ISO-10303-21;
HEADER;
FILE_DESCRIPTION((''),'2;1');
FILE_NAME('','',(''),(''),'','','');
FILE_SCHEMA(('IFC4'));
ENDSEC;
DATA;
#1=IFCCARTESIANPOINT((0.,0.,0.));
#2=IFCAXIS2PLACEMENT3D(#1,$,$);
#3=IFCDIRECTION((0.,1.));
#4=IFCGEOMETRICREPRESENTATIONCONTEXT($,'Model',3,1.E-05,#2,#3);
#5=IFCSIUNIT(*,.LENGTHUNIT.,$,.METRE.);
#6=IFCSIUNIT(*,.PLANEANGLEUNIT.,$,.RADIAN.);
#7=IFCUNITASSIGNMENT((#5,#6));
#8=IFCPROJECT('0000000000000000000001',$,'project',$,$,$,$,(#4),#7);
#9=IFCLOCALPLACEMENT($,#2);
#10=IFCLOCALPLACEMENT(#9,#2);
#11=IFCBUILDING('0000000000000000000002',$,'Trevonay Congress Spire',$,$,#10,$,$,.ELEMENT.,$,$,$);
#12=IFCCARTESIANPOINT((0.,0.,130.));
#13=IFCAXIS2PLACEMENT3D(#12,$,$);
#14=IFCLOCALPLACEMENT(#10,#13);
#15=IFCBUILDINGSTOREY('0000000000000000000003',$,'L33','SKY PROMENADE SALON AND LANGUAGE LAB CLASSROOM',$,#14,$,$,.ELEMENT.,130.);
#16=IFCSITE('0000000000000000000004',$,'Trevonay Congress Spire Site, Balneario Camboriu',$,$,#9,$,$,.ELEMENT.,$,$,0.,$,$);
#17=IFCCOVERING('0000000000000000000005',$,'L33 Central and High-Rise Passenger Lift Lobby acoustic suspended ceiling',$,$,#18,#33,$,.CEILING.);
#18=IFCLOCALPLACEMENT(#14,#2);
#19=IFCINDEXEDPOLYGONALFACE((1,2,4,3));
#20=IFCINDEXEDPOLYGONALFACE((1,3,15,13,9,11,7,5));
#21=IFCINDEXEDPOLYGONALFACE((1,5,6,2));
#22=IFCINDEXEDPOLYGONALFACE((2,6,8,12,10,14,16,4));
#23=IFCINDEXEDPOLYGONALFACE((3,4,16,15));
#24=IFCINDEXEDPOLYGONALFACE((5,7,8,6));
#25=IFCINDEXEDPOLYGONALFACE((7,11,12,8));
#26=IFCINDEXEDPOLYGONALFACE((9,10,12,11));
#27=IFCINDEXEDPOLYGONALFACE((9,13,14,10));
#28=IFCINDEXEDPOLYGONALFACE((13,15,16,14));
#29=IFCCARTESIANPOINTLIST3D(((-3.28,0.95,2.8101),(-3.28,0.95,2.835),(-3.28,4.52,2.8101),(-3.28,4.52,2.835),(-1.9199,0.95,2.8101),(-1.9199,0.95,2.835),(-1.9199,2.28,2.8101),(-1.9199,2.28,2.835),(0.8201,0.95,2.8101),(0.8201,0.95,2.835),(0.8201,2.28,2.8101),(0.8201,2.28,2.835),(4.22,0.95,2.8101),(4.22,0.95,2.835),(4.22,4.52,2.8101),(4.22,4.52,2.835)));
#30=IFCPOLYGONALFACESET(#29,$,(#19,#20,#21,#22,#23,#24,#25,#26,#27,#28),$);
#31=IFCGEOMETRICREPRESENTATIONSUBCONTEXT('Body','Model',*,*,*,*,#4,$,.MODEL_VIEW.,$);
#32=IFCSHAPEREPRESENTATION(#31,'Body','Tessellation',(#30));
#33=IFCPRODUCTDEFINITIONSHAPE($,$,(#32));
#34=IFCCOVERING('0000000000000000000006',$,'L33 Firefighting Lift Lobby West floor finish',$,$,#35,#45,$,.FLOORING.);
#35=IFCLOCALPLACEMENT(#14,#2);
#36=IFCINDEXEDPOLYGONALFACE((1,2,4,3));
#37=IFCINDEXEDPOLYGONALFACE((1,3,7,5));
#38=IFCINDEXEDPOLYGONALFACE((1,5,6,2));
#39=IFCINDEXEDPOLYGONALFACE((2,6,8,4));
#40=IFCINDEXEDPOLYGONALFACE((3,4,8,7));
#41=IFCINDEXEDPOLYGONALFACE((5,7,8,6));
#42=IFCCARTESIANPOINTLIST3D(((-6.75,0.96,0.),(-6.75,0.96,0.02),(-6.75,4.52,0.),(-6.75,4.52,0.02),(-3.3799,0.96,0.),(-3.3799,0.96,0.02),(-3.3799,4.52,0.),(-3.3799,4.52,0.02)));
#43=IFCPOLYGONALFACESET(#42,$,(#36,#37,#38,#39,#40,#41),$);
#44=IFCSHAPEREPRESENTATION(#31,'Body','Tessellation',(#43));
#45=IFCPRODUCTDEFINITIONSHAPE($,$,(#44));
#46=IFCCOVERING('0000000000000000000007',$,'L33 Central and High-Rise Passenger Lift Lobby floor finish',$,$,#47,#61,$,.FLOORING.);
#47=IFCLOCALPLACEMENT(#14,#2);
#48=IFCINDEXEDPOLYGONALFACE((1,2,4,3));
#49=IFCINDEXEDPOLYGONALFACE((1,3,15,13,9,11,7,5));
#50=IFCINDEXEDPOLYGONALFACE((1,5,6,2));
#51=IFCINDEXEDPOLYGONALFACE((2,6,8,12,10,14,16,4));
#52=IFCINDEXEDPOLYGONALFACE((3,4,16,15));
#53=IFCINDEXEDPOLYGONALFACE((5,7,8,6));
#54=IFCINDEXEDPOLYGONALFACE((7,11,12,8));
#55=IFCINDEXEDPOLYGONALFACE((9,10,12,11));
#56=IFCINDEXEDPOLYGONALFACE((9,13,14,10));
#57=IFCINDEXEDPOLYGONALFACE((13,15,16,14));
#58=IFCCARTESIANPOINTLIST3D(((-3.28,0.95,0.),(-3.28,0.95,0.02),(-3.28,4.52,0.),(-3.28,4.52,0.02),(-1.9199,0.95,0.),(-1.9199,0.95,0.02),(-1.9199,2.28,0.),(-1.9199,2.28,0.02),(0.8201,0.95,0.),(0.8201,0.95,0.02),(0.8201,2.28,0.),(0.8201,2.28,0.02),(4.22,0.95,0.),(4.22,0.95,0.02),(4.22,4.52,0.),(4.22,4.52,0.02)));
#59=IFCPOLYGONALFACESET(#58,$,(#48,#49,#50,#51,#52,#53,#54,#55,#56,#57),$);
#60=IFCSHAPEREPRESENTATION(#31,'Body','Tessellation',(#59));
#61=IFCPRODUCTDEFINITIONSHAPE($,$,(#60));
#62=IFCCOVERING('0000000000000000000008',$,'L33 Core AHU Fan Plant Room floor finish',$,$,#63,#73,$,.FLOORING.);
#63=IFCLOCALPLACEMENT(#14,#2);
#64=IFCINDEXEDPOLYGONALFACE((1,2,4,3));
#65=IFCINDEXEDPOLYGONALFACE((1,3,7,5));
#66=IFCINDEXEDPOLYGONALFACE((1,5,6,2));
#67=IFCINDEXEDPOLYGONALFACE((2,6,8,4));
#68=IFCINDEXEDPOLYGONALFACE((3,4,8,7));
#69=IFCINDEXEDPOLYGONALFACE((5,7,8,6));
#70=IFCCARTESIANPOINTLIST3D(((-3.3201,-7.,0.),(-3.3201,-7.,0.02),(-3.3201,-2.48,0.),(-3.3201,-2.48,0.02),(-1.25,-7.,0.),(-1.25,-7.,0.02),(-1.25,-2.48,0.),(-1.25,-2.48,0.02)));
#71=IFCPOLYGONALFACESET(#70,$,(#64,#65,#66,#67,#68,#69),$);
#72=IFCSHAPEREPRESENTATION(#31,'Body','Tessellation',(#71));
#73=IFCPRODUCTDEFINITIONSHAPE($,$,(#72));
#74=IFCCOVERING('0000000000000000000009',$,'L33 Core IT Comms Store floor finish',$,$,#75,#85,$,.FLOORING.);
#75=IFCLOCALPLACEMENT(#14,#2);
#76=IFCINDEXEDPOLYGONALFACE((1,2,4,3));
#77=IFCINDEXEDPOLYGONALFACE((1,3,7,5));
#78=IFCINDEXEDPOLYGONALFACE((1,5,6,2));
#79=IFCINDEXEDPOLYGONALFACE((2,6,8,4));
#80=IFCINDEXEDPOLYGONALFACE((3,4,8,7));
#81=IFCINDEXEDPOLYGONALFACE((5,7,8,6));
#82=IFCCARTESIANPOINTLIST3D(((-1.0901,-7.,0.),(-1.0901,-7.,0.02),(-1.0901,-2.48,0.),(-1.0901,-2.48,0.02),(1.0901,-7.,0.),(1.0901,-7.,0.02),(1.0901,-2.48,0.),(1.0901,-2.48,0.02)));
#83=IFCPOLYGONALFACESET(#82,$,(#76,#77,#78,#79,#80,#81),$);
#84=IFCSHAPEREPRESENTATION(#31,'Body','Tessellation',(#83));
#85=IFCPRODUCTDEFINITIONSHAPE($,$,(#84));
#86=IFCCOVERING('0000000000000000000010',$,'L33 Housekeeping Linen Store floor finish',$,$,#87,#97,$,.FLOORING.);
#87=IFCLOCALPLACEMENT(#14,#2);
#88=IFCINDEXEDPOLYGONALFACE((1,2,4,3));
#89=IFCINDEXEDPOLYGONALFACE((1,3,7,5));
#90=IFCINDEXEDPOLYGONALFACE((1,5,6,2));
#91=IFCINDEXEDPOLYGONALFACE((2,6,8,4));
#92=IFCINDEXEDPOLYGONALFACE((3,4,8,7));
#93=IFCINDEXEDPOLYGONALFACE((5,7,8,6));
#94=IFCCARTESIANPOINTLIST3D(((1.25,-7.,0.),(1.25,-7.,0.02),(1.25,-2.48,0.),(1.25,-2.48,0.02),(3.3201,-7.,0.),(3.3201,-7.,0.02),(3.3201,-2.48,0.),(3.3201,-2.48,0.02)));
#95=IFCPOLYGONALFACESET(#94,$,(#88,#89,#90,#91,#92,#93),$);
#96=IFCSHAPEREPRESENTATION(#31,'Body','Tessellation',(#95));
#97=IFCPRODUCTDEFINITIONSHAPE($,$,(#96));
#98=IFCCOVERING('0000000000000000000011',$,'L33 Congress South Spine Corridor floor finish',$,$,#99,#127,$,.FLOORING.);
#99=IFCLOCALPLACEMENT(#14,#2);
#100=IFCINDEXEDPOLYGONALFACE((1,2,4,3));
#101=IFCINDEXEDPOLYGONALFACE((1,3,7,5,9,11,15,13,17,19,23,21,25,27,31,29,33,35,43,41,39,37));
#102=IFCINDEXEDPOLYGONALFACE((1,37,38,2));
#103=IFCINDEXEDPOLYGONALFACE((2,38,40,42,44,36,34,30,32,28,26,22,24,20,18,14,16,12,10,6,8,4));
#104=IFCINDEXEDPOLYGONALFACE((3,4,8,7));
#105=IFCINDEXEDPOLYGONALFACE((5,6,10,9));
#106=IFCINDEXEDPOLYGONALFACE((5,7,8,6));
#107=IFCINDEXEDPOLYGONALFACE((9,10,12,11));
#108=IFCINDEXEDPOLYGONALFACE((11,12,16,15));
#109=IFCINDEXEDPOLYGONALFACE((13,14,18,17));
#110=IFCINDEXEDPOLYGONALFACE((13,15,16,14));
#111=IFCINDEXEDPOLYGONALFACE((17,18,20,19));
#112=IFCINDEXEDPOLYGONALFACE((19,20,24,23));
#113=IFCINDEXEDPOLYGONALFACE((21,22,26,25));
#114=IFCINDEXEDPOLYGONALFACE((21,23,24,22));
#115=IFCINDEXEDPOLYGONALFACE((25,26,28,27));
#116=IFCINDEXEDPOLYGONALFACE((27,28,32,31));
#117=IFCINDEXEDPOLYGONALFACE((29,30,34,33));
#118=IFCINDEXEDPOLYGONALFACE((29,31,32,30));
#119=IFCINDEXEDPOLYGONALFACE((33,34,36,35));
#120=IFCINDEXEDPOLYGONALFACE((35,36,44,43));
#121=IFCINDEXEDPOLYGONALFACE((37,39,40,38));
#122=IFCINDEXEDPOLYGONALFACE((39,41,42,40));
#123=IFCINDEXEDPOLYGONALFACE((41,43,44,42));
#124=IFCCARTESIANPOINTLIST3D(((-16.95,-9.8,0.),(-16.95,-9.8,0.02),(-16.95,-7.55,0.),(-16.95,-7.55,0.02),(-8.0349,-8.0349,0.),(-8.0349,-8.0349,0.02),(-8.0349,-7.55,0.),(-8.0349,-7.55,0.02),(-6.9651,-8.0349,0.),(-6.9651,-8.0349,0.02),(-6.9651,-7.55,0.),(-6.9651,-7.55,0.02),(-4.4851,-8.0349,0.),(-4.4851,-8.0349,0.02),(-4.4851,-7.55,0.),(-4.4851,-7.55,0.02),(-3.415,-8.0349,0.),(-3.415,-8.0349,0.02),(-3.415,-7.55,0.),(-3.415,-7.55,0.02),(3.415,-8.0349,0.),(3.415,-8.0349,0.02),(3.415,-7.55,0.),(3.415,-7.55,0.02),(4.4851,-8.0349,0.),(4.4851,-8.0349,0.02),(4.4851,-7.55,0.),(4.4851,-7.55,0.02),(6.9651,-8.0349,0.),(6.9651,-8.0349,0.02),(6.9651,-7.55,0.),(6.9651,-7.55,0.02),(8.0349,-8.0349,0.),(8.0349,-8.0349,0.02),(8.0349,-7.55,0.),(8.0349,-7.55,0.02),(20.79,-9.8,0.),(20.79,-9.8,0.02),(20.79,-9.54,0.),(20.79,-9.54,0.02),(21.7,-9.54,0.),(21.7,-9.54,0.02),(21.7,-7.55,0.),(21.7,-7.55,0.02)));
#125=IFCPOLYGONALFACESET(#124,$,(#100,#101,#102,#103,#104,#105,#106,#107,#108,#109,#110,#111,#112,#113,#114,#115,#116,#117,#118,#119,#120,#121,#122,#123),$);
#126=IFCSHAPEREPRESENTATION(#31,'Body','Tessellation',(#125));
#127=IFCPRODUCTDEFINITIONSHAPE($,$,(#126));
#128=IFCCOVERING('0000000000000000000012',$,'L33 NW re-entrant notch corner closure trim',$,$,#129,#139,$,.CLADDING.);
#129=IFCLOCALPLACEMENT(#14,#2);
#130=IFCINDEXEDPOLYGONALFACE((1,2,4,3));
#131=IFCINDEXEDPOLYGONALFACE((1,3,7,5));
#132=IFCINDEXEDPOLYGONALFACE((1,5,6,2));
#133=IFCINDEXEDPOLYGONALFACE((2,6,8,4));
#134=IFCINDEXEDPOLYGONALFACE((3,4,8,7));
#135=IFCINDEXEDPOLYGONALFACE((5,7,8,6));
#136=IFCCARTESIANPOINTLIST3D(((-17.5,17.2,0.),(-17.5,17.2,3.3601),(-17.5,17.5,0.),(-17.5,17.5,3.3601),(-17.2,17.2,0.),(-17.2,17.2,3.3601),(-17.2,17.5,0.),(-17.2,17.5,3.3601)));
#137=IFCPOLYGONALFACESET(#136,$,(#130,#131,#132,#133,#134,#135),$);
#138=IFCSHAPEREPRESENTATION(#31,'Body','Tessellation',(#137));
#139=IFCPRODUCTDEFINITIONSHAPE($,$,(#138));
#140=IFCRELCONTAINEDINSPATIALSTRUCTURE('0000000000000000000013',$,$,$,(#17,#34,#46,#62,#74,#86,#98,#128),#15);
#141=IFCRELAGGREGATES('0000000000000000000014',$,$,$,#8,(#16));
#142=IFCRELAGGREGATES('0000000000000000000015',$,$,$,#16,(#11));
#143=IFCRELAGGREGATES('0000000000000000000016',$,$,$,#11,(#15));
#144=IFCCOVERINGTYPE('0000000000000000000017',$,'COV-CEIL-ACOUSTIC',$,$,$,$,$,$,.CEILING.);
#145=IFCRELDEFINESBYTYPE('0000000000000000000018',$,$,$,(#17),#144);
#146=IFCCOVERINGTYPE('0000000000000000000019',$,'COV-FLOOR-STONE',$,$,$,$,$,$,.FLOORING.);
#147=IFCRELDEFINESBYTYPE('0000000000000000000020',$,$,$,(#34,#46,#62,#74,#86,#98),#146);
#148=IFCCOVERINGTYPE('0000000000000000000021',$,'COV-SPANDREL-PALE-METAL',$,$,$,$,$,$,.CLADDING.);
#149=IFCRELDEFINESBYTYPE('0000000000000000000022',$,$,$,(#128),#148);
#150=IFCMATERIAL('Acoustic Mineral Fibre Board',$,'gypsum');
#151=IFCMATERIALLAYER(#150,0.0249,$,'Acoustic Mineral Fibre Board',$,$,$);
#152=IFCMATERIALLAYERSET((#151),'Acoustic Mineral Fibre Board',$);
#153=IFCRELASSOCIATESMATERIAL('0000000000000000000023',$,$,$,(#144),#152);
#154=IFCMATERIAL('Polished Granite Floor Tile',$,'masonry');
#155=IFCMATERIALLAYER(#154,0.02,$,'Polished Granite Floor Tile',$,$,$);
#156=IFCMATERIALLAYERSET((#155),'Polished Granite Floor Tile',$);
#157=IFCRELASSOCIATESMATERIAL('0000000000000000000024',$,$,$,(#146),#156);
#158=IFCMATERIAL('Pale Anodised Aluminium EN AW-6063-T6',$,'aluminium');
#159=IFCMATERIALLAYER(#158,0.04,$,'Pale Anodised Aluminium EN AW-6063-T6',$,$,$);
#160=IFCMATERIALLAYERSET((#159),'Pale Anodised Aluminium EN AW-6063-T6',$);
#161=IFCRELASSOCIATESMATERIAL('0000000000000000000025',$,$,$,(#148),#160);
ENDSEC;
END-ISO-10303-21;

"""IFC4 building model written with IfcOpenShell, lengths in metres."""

from ifc_helpers import new_model, si_unit, direction, frame, origin, place, context, subcontext, project, spatial, polyline, outline, extrude, material, layer, layer_set, type_object, element, save


model = new_model("IFC4")

# Units and contexts
model_context = context("Model", 3, precision=1e-05, world=origin(), true_north=direction((0.0, 1.0)))
body_context = subcontext(model_context, "Body", "Model", "MODEL_VIEW")
ifc_project = project(units=[si_unit("LENGTHUNIT", "METRE"), si_unit("PLANEANGLEUNIT", "RADIAN")], contexts=[model_context])

# Site, building, storey
site_placement = place(None, origin())
site = spatial("IfcSite", under=ifc_project, at=site_placement, Name="Trevonay Congress Spire Site, Balneario Camboriu", CompositionType="ELEMENT", RefElevation=0.0)
building_placement = place(site_placement, origin())
building = spatial("IfcBuilding", under=site, at=building_placement, Name="Trevonay Congress Spire", CompositionType="ELEMENT")
storey_placement = place(building_placement, frame((0.0, 0.0, 130.0)))
storey = spatial("IfcBuildingStorey", under=building, at=storey_placement, Name="L33", Description="SKY PROMENADE SALON AND LANGUAGE LAB CLASSROOM", CompositionType="ELEMENT", Elevation=130.0)

# Shared definitions
ifc_material_1 = material(Name="Pale Anodised Aluminium EN AW-6063-T6", Category="aluminium")

# Coverings
ifc_material_2 = material(Name="Acoustic Mineral Fibre Board", Category="gypsum")
ifc_layer_1 = layer(ifc_material_2, 0.0249, Name="Acoustic Mineral Fibre Board")
ifc_layer_set_1 = layer_set([ifc_layer_1], Name="Acoustic Mineral Fibre Board")
covering_type_1 = type_object("IfcCoveringType", Name="COV-CEIL-ACOUSTIC", PredefinedType="CEILING", material=ifc_layer_set_1)
covering_1_placement = place(storey_placement, frame((0.0, 0.0, 2.8101)))
element("IfcCovering", 1, at=covering_1_placement, inside=storey, type_object=covering_type_1, Name="L33 Central and High-Rise Passenger Lift Lobby acoustic suspended ceiling", PredefinedType="CEILING", context=body_context, shape_type="SweptSolid", body=[
    extrude(outline(polyline([(-3.28, 0.95), (-1.9199, 0.95), (-1.9199, 2.28), (0.8201, 2.28), (0.8201, 0.95), (4.22, 0.95), (4.22, 4.52), (-3.28, 4.52), (-3.28, 0.95)])), origin(), (0.0, 0.0, 1.0), 0.0249),
])
ifc_material_3 = material(Name="Polished Granite Floor Tile", Category="masonry")
ifc_layer_2 = layer(ifc_material_3, 0.02, Name="Polished Granite Floor Tile")
ifc_layer_set_2 = layer_set([ifc_layer_2], Name="Polished Granite Floor Tile")
covering_type_2 = type_object("IfcCoveringType", Name="COV-FLOOR-STONE", PredefinedType="FLOORING", material=ifc_layer_set_2)
covering_2_placement = place(storey_placement, origin())
element("IfcCovering", 2, at=covering_2_placement, inside=storey, type_object=covering_type_2, Name="L33 Firefighting Lift Lobby West floor finish", PredefinedType="FLOORING", context=body_context, shape_type="SweptSolid", body=[
    extrude(outline(polyline([(-6.75, 0.96), (-3.3799, 0.96), (-3.3799, 4.52), (-6.75, 4.52), (-6.75, 0.96)])), origin(), (0.0, 0.0, 1.0), 0.02),
])
covering_3_placement = place(storey_placement, origin())
element("IfcCovering", 3, at=covering_3_placement, inside=storey, type_object=covering_type_2, Name="L33 Central and High-Rise Passenger Lift Lobby floor finish", PredefinedType="FLOORING", context=body_context, shape_type="SweptSolid", body=[
    extrude(outline(polyline([(-3.28, 0.95), (-1.9199, 0.95), (-1.9199, 2.28), (0.8201, 2.28), (0.8201, 0.95), (4.22, 0.95), (4.22, 4.52), (-3.28, 4.52), (-3.28, 0.95)])), origin(), (0.0, 0.0, 1.0), 0.02),
])
covering_4_placement = place(storey_placement, origin())
element("IfcCovering", 4, at=covering_4_placement, inside=storey, type_object=covering_type_2, Name="L33 Core AHU Fan Plant Room floor finish", PredefinedType="FLOORING", context=body_context, shape_type="SweptSolid", body=[
    extrude(outline(polyline([(-3.3201, -7.0), (-1.25, -7.0), (-1.25, -2.48), (-3.3201, -2.48), (-3.3201, -7.0)])), origin(), (0.0, 0.0, 1.0), 0.02),
])
covering_5_placement = place(storey_placement, origin())
element("IfcCovering", 5, at=covering_5_placement, inside=storey, type_object=covering_type_2, Name="L33 Core IT Comms Store floor finish", PredefinedType="FLOORING", context=body_context, shape_type="SweptSolid", body=[
    extrude(outline(polyline([(-1.0901, -7.0), (1.0901, -7.0), (1.0901, -2.48), (-1.0901, -2.48), (-1.0901, -7.0)])), origin(), (0.0, 0.0, 1.0), 0.02),
])
covering_6_placement = place(storey_placement, origin())
element("IfcCovering", 6, at=covering_6_placement, inside=storey, type_object=covering_type_2, Name="L33 Housekeeping Linen Store floor finish", PredefinedType="FLOORING", context=body_context, shape_type="SweptSolid", body=[
    extrude(outline(polyline([(1.25, -7.0), (3.3201, -7.0), (3.3201, -2.48), (1.25, -2.48), (1.25, -7.0)])), origin(), (0.0, 0.0, 1.0), 0.02),
])
covering_7_placement = place(storey_placement, origin())
element("IfcCovering", 7, at=covering_7_placement, inside=storey, type_object=covering_type_2, Name="L33 Congress South Spine Corridor floor finish", PredefinedType="FLOORING", context=body_context, shape_type="SweptSolid", body=[
    extrude(outline(polyline([(-16.95, -9.8), (-16.95, -7.55), (-8.0349, -7.55), (-8.0349, -8.0349), (-6.9651, -8.0349), (-6.9651, -7.55), (-4.4851, -7.55), (-4.4851, -8.0349), (-3.415, -8.0349), (-3.415, -7.55), (3.415, -7.55), (3.415, -8.0349), (4.4851, -8.0349), (4.4851, -7.55), (6.9651, -7.55), (6.9651, -8.0349), (8.0349, -8.0349), (8.0349, -7.55), (21.7, -7.55), (21.7, -9.54), (20.79, -9.54), (20.79, -9.8), (-16.95, -9.8)])), origin(), (0.0, 0.0, 1.0), 0.02),
])
ifc_layer_3 = layer(ifc_material_1, 0.04, Name="Pale Anodised Aluminium EN AW-6063-T6")
ifc_layer_set_3 = layer_set([ifc_layer_3], Name="Pale Anodised Aluminium EN AW-6063-T6")
covering_type_3 = type_object("IfcCoveringType", Name="COV-SPANDREL-PALE-METAL", PredefinedType="CLADDING", material=ifc_layer_set_3)
covering_8_placement = place(storey_placement, origin())
element("IfcCovering", 8, at=covering_8_placement, inside=storey, type_object=covering_type_3, Name="L33 NW re-entrant notch corner closure trim", PredefinedType="CLADDING", context=body_context, shape_type="SweptSolid", body=[
    extrude(outline(polyline([(-17.5, 17.2), (-17.2, 17.2), (-17.2, 17.5), (-17.5, 17.5), (-17.5, 17.2)])), origin(), (0.0, 0.0, 1.0), 3.3601),
])

save(model, "model.ifc")
